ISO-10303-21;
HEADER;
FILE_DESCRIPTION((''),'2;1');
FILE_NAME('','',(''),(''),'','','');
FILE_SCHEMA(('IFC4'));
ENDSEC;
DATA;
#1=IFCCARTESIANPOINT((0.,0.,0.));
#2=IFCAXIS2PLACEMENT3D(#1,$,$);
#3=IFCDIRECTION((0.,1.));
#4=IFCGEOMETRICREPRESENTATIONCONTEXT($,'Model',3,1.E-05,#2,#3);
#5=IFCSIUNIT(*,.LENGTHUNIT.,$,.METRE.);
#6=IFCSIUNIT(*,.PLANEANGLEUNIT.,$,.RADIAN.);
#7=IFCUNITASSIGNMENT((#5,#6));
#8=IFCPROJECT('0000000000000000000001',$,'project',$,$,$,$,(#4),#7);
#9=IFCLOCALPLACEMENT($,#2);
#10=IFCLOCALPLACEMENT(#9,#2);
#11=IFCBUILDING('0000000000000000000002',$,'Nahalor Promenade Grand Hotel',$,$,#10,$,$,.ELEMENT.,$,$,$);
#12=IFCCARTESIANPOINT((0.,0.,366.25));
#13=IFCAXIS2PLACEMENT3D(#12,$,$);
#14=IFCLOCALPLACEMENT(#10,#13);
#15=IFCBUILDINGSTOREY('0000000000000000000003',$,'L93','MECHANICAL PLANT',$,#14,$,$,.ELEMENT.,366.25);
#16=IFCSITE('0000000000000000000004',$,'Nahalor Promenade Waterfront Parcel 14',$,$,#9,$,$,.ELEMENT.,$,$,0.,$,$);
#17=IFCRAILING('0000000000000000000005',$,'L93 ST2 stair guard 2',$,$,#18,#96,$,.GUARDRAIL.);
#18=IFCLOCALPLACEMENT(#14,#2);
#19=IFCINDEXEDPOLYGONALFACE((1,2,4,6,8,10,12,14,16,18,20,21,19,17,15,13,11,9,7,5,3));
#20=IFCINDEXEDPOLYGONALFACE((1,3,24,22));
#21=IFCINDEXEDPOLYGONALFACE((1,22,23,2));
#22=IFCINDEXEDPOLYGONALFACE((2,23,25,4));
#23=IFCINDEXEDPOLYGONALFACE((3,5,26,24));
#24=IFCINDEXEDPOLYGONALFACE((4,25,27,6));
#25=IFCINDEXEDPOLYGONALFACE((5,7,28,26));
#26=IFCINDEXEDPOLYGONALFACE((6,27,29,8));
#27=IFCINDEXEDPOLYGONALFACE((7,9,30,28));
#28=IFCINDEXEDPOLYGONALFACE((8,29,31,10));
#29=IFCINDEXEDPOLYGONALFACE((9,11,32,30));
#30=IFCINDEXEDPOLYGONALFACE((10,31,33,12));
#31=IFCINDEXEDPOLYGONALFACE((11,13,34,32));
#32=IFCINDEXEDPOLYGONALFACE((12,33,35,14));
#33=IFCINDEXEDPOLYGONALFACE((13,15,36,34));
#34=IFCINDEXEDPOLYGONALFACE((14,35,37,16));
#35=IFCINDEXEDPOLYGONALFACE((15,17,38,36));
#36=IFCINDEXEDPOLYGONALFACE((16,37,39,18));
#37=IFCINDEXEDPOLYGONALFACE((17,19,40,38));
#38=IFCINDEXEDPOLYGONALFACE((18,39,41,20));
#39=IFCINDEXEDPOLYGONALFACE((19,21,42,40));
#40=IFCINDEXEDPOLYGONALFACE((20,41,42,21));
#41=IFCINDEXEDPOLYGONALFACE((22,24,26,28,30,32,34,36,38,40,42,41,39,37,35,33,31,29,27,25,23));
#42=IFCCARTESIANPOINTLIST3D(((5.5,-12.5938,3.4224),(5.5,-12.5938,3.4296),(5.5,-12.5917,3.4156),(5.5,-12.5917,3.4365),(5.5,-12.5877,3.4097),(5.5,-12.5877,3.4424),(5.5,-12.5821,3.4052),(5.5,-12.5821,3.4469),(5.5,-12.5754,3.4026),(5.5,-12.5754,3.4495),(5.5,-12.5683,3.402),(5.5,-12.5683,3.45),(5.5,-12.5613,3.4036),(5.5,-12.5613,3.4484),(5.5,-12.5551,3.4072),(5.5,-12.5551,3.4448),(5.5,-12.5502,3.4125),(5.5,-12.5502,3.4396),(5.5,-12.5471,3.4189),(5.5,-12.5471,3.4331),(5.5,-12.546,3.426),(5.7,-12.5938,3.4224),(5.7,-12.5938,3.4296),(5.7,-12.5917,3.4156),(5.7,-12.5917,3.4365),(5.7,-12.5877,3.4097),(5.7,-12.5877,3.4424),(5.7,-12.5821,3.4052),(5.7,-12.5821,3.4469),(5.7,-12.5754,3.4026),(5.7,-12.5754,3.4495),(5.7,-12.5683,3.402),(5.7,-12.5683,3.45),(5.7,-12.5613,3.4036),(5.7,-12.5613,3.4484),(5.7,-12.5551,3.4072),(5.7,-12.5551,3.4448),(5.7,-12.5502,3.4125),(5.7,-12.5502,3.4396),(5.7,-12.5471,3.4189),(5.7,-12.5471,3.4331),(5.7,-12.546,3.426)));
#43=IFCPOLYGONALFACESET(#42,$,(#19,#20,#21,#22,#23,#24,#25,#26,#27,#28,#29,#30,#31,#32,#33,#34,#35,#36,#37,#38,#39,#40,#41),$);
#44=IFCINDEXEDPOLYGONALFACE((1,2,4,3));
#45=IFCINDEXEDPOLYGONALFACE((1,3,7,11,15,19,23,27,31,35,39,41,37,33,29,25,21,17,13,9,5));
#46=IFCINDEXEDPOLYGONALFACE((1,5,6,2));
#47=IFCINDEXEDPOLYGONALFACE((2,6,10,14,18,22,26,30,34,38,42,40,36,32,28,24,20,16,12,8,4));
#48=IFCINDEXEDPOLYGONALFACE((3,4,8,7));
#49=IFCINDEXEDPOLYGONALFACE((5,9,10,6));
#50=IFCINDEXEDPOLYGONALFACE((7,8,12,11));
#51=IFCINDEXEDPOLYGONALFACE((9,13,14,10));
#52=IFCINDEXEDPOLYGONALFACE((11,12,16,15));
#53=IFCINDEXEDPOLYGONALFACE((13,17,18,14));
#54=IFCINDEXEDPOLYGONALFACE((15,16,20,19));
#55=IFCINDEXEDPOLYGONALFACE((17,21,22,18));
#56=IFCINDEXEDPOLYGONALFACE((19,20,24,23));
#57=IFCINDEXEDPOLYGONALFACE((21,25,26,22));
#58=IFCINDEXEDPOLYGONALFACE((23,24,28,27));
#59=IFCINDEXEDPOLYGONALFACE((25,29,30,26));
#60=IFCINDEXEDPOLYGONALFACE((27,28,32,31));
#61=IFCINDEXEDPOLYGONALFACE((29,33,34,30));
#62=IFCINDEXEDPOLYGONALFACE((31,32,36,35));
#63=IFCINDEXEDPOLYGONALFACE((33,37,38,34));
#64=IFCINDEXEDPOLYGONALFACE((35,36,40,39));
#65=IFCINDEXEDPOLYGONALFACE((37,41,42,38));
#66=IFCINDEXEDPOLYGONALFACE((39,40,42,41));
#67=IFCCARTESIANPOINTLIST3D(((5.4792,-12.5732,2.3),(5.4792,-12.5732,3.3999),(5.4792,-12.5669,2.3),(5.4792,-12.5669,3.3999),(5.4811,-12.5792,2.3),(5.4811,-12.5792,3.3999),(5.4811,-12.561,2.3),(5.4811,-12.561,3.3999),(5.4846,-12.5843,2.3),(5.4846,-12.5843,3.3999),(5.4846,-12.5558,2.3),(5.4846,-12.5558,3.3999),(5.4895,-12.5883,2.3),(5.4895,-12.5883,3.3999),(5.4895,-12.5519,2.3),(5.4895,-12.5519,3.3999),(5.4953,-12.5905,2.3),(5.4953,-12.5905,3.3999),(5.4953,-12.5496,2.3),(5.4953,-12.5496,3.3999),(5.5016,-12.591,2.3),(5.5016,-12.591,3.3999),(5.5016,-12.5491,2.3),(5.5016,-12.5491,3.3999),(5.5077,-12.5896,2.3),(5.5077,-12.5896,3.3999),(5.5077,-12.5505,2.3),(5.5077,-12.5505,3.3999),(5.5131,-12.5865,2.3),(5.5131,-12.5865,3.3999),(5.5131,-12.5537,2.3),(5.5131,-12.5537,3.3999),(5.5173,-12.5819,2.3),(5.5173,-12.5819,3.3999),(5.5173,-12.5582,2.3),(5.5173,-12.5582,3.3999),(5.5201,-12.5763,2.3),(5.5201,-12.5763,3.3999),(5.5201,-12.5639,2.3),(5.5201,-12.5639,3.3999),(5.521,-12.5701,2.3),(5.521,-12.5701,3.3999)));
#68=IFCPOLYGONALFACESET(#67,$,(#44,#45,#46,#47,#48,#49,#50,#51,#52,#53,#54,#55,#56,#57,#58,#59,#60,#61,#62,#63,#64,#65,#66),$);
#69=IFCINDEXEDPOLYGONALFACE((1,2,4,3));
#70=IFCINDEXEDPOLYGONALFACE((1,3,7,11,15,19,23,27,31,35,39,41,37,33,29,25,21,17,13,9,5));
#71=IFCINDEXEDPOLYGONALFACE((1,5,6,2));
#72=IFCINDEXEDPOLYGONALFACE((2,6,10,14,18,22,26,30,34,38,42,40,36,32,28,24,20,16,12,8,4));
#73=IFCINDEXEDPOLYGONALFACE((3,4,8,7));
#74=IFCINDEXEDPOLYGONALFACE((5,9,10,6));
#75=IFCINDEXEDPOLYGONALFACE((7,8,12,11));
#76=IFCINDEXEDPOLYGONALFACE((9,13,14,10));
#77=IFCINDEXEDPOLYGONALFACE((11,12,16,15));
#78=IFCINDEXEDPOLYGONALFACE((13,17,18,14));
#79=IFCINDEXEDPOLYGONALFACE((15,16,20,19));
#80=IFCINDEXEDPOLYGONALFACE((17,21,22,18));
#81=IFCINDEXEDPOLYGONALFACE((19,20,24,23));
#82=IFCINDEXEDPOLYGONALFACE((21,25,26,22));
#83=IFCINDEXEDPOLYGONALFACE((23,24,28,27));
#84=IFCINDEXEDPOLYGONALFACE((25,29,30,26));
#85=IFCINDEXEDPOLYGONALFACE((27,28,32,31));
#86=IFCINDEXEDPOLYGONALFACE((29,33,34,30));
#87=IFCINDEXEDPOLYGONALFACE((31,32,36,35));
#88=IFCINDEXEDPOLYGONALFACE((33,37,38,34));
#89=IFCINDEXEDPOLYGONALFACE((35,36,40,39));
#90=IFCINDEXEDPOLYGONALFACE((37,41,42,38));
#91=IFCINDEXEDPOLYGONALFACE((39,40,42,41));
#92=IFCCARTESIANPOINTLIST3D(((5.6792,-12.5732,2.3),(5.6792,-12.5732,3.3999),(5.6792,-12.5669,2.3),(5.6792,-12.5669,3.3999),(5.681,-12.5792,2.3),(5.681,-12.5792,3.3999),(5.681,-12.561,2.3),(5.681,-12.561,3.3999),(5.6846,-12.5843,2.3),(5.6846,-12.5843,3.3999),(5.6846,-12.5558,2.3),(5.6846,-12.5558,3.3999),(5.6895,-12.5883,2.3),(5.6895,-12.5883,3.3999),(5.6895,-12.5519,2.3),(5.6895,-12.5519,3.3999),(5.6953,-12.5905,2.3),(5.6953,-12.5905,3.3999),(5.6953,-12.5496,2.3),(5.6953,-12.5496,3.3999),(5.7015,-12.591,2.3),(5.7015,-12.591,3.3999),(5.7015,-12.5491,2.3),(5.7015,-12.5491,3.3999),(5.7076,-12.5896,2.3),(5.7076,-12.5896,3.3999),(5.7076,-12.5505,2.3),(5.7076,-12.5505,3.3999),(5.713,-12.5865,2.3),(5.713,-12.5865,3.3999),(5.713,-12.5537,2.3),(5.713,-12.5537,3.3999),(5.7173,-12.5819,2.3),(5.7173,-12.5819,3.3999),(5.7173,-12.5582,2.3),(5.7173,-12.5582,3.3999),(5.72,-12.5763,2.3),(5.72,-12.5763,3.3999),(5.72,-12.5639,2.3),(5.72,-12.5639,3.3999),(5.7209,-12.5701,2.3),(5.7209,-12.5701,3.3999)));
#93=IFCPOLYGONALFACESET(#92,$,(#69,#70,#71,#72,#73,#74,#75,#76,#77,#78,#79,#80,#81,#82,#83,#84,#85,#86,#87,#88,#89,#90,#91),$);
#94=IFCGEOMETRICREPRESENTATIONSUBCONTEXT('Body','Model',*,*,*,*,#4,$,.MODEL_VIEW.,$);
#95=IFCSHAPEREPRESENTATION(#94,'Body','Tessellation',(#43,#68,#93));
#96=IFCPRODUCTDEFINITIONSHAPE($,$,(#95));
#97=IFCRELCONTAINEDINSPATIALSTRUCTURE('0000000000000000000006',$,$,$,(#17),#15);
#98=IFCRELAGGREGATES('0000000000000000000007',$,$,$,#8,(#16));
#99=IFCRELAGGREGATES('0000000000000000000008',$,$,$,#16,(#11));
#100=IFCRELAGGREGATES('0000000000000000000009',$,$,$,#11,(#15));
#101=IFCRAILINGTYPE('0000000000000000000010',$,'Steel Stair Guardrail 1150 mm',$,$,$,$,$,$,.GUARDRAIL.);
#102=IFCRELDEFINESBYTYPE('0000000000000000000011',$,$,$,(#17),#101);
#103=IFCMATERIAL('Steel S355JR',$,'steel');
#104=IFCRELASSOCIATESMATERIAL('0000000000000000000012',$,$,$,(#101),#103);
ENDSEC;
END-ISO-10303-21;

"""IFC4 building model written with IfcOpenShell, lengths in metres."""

from ifc_helpers import new_model, si_unit, direction, frame, origin, origin_2d, place, context, subcontext, project, spatial, circle, extrude, material, type_object, element, save


model = new_model("IFC4")

# Units and contexts
model_context = context("Model", 3, precision=1e-05, world=origin(), true_north=direction((0.0, 1.0)))
body_context = subcontext(model_context, "Body", "Model", "MODEL_VIEW")
ifc_project = project(units=[si_unit("LENGTHUNIT", "METRE"), si_unit("PLANEANGLEUNIT", "RADIAN")], contexts=[model_context])

# Site, building, storey
site_placement = place(None, origin())
site = spatial("IfcSite", under=ifc_project, at=site_placement, Name="Nahalor Promenade Waterfront Parcel 14", CompositionType="ELEMENT", RefElevation=0.0)
building_placement = place(site_placement, origin())
building = spatial("IfcBuilding", under=site, at=building_placement, Name="Nahalor Promenade Grand Hotel", CompositionType="ELEMENT")
storey_placement = place(building_placement, frame((0.0, 0.0, 366.25)))
storey = spatial("IfcBuildingStorey", under=building, at=storey_placement, Name="L93", Description="MECHANICAL PLANT", CompositionType="ELEMENT", Elevation=366.25)

# Shared definitions
ifc_material_1 = material(Name="Steel S355JR", Category="steel")

# Railing
railing_type_1 = type_object("IfcRailingType", Name="Steel Stair Guardrail 1150 mm", PredefinedType="GUARDRAIL", material=ifc_material_1)
railing_1_placement = place(storey_placement, frame((5.5, -12.5701, 2.3)))
element("IfcRailing", 1, at=railing_1_placement, inside=storey, type_object=railing_type_1, Name="L93 ST2 stair guard 2", PredefinedType="GUARDRAIL", context=body_context, shape_type="SweptSolid", body=[
    extrude(circle(Radius=0.024, at=origin_2d()), frame((0.0, 0.0, 1.126), z_axis=(1.0, 0.0, 0.0), x_axis=(0.0, 1.0, 0.0)), (0.0, 0.0, 1.0), 0.2),
    extrude(circle(Radius=0.021, at=origin_2d()), origin(), (0.0, 0.0, 1.0), 1.0999),
    extrude(circle(Radius=0.021, at=origin_2d()), frame((0.2, 0.0, 0.0)), (0.0, 0.0, 1.0), 1.0999),
])

save(model, "model.ifc")
